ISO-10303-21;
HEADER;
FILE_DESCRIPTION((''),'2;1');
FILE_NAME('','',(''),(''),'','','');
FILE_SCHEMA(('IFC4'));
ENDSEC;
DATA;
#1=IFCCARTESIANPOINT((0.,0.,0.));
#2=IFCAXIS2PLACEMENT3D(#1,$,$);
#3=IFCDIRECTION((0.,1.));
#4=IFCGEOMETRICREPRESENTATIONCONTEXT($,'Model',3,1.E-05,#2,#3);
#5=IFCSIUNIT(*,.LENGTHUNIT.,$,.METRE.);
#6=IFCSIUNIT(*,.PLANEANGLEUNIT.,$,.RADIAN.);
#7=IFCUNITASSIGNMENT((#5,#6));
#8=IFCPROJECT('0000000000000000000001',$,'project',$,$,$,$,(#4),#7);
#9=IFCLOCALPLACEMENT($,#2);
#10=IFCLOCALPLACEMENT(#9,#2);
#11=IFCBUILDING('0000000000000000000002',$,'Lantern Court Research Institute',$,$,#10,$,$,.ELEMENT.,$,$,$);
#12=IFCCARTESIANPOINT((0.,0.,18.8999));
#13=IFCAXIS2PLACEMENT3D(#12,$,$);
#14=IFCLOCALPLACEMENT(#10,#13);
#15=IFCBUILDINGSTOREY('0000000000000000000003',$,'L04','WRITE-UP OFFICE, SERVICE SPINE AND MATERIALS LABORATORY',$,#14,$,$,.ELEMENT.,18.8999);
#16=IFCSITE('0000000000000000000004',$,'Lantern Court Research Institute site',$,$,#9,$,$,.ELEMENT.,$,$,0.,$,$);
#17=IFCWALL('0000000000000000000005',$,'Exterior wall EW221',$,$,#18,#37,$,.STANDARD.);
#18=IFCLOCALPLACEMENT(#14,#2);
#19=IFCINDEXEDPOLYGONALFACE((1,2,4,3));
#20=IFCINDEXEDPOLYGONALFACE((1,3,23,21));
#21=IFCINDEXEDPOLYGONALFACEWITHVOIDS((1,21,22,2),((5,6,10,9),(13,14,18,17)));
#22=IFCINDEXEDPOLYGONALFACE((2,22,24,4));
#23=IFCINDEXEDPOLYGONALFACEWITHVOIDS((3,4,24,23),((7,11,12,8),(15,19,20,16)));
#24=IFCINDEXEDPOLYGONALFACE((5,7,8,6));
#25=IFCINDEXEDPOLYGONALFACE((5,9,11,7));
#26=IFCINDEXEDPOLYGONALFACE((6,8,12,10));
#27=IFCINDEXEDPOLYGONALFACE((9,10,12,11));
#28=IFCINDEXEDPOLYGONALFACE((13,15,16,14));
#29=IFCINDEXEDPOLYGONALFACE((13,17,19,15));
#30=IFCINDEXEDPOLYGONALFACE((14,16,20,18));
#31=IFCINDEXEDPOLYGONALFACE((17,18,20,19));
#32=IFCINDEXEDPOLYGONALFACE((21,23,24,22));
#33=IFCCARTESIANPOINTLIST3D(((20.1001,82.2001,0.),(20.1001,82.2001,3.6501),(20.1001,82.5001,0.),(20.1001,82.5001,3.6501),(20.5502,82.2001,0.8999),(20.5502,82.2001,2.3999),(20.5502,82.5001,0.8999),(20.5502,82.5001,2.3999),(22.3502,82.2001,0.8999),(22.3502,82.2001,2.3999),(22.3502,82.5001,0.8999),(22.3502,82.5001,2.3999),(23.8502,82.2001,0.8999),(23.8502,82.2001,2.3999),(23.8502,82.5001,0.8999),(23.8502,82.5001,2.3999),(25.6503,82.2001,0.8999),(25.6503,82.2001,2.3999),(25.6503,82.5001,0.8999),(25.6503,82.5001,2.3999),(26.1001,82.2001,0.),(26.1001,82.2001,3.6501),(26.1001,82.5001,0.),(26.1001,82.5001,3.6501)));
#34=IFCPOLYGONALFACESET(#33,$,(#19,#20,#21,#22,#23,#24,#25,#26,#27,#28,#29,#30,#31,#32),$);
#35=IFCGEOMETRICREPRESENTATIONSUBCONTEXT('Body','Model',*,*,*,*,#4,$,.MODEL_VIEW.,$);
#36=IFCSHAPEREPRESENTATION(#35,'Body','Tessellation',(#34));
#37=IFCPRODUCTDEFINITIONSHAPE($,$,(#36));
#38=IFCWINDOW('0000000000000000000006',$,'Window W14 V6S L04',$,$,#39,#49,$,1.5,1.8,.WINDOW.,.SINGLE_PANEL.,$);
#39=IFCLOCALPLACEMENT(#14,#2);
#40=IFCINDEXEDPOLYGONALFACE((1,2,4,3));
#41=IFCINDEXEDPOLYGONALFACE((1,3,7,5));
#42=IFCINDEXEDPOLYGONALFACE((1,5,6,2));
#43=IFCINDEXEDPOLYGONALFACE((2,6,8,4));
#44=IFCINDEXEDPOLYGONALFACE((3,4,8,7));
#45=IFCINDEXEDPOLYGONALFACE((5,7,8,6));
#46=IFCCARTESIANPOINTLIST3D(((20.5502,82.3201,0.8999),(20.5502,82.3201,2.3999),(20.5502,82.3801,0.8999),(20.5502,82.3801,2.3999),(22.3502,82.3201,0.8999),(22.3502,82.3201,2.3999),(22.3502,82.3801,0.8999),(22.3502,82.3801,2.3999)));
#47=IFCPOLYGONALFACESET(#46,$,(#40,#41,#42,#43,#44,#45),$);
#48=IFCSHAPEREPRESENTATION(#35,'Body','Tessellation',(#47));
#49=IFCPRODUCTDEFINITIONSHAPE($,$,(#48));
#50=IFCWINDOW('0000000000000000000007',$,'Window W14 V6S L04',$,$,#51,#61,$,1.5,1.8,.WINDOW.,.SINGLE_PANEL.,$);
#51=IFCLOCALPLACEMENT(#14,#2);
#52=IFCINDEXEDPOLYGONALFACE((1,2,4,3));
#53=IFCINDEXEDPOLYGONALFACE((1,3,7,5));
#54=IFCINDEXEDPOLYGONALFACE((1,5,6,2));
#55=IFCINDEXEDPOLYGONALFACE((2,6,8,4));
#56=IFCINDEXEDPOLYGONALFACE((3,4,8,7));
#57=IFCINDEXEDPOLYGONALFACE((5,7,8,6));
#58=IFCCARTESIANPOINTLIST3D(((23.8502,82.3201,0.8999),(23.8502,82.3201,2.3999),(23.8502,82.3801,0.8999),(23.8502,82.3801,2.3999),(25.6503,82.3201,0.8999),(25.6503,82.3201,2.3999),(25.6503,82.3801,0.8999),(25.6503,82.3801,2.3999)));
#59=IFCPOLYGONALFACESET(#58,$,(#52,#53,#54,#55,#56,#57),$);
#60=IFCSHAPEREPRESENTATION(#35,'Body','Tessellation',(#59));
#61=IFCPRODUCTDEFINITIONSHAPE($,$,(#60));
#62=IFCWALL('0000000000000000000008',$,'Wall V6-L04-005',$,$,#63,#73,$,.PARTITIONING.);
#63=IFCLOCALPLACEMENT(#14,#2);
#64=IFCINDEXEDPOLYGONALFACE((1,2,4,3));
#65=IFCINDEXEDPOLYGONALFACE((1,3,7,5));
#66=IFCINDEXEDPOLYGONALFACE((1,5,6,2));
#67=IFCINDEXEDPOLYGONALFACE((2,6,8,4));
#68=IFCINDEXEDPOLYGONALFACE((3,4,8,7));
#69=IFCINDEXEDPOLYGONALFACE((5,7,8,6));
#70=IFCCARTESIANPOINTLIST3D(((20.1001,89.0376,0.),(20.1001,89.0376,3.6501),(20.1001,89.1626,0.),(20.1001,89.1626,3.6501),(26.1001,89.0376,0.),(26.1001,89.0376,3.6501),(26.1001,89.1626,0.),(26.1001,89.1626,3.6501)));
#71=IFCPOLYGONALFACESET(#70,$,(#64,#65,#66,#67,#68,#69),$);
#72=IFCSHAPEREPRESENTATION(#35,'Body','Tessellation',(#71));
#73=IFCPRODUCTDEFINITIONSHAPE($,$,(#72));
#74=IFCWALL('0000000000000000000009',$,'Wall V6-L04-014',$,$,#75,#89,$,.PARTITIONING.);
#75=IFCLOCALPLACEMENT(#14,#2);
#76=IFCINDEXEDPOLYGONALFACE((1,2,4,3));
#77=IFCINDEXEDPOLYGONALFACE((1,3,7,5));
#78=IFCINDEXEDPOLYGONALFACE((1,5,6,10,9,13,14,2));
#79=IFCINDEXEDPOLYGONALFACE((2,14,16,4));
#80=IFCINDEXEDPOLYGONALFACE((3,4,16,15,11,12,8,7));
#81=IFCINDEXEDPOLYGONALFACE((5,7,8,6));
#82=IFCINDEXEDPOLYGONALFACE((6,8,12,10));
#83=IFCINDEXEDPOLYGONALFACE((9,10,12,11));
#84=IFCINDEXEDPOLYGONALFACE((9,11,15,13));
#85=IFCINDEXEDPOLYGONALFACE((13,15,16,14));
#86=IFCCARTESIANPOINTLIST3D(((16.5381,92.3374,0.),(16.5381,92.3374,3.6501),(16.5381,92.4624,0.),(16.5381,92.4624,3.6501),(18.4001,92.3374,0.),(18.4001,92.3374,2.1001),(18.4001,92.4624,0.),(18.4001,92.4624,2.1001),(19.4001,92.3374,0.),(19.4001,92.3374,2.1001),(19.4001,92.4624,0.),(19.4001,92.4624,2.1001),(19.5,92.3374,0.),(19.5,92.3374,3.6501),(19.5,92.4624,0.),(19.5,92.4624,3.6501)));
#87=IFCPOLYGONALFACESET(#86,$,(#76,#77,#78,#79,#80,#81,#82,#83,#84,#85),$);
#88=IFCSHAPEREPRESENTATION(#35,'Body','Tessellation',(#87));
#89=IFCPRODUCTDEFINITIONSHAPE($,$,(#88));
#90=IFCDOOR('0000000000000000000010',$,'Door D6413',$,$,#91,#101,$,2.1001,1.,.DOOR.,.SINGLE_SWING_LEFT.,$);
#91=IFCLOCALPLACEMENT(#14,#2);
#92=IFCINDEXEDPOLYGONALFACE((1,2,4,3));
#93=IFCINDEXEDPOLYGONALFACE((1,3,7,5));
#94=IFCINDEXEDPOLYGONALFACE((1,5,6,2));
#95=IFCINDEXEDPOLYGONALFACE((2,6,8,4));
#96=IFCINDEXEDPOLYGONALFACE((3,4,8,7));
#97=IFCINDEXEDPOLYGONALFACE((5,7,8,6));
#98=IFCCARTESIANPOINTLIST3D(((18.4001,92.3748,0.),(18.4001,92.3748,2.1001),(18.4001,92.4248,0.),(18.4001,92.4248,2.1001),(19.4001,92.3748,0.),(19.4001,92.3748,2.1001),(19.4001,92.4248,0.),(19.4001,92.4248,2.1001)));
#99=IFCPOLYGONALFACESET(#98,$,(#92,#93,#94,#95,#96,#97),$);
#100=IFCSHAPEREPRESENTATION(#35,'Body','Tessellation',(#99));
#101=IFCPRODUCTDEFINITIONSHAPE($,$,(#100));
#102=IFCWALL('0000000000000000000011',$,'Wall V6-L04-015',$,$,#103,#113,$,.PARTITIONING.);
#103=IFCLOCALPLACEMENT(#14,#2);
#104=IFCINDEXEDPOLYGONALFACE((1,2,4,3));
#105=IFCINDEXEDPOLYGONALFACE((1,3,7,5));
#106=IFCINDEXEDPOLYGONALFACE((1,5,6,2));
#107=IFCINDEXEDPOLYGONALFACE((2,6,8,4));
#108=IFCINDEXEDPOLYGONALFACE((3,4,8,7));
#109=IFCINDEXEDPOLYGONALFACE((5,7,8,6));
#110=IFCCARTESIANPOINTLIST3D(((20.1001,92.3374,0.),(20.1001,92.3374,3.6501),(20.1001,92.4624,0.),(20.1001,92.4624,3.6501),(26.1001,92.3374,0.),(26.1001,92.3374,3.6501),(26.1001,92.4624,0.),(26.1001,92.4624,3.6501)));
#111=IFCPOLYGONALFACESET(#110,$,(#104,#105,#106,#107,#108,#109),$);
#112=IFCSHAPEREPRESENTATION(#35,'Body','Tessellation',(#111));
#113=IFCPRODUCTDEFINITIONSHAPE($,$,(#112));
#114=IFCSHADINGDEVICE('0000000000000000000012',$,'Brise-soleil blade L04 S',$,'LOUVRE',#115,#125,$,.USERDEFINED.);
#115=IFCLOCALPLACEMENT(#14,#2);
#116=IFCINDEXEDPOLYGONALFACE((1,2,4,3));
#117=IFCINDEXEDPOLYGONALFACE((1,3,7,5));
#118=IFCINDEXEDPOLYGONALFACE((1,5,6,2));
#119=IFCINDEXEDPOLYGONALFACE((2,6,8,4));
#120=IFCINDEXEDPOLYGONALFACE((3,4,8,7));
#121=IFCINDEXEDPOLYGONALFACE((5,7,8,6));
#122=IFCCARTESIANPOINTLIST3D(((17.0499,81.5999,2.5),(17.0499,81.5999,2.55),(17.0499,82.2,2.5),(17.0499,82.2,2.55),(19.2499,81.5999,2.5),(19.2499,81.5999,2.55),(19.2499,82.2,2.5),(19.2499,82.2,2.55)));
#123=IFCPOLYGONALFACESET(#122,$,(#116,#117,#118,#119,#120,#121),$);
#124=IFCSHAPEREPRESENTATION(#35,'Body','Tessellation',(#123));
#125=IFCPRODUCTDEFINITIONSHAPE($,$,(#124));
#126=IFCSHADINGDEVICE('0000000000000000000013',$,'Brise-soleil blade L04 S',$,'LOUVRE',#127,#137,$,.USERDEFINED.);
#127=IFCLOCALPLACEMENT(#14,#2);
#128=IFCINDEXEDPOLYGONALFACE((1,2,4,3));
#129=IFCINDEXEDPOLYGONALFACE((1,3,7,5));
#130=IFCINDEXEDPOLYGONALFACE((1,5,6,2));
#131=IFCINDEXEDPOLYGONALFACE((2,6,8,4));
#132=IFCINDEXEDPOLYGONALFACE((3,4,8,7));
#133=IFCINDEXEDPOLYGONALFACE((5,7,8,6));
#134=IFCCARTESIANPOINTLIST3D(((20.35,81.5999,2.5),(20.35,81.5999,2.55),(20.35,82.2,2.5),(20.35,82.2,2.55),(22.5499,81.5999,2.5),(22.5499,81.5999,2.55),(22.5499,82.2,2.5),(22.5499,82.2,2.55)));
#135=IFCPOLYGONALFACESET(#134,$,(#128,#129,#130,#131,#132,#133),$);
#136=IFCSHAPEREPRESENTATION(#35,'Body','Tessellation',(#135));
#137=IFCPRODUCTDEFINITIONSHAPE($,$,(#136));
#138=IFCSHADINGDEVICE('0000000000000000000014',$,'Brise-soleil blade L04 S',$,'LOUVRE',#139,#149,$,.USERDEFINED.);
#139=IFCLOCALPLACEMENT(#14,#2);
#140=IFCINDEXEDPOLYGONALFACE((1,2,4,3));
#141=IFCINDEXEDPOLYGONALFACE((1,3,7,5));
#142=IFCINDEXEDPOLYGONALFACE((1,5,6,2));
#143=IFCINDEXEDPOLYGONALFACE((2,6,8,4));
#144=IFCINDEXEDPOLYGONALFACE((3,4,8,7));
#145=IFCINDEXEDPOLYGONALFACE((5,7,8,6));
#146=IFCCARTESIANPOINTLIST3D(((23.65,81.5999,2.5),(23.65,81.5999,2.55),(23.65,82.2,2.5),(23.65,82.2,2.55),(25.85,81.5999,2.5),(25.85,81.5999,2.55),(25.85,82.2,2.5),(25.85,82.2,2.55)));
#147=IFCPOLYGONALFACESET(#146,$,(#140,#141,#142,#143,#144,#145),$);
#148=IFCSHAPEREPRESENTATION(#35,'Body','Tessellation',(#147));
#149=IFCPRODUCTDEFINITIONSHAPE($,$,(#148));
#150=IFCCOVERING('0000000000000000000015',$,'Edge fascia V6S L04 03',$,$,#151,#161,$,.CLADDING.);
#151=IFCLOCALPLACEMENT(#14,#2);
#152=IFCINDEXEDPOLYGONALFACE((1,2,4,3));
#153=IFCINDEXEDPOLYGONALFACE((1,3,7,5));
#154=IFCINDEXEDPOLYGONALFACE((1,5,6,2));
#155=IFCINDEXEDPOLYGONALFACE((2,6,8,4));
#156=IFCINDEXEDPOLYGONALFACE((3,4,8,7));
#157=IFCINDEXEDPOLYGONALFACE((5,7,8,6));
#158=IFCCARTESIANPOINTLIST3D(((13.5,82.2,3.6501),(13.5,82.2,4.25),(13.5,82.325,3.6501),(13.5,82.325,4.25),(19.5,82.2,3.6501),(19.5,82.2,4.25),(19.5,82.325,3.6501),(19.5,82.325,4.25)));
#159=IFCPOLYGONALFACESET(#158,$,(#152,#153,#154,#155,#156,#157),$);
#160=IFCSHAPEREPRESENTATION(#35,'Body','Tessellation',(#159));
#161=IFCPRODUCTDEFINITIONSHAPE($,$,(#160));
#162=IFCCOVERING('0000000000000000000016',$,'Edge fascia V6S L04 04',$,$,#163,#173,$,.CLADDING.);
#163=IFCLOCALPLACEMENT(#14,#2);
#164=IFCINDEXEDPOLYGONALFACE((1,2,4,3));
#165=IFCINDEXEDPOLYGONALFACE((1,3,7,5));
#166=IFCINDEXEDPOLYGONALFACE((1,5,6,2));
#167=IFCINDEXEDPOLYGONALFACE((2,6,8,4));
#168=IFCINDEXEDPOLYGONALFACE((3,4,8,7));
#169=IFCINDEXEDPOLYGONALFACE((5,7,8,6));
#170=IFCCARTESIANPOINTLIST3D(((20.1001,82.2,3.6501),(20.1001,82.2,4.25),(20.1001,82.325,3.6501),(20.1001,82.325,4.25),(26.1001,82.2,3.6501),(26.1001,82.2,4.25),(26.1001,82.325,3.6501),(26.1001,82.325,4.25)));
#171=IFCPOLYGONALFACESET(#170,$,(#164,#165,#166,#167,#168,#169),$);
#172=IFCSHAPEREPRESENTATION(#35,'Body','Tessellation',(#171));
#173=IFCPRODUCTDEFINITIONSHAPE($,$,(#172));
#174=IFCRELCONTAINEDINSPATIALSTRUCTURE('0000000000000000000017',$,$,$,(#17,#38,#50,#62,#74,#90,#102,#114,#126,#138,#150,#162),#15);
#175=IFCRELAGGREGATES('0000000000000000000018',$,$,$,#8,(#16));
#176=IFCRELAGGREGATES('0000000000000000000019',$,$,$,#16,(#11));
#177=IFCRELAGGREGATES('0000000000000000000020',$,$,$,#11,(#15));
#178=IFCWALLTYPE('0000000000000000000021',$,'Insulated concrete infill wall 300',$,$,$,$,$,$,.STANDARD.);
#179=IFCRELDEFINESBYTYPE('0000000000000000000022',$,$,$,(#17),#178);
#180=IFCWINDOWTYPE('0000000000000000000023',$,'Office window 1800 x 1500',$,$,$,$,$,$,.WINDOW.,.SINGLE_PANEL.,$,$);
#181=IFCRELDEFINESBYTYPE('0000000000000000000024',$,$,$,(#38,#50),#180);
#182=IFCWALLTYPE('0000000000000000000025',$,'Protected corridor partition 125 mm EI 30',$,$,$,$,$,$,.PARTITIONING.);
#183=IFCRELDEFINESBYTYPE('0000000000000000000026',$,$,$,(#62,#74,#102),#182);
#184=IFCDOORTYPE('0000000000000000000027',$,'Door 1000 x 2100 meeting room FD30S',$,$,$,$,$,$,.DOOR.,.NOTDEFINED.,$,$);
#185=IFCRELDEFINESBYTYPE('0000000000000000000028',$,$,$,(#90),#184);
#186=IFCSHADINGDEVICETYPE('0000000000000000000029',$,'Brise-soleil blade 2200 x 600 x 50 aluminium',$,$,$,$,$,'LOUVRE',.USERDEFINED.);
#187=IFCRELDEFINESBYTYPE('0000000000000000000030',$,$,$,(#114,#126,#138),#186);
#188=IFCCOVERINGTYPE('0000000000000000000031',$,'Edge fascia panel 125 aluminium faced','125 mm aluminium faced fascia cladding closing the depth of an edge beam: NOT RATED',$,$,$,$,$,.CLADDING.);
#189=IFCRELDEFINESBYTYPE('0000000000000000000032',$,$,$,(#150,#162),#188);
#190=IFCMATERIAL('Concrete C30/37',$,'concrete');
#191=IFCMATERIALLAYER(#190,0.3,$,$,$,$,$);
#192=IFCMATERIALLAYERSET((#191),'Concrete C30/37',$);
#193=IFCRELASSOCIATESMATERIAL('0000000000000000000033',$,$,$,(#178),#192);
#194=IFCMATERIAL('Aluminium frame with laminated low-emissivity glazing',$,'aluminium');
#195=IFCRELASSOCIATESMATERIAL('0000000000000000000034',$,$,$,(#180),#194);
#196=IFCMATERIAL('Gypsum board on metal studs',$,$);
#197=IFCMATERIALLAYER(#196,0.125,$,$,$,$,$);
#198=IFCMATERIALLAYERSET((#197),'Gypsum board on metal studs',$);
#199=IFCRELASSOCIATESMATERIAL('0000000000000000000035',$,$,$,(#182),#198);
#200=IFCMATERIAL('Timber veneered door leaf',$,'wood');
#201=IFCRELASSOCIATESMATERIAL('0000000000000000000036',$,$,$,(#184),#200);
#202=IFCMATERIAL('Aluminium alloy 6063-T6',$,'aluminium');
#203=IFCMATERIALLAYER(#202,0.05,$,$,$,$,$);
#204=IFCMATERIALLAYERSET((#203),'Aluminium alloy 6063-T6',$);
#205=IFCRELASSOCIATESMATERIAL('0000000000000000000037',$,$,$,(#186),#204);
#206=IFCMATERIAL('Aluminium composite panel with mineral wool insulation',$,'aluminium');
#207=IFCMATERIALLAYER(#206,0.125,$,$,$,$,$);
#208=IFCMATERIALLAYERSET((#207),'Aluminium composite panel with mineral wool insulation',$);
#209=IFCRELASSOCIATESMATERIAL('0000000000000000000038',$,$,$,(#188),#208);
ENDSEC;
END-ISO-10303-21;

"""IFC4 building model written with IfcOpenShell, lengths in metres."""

from ifc_helpers import new_model, si_unit, direction, frame, frame_2d, origin, origin_2d, place, context, subcontext, project, spatial, rectangle, extrude, material, layer, layer_set, type_object, element, fill, save


model = new_model("IFC4")

# Units and contexts
model_context = context("Model", 3, precision=1e-05, world=origin(), true_north=direction((0.0, 1.0)))
body_context = subcontext(model_context, "Body", "Model", "MODEL_VIEW")
ifc_project = project(units=[si_unit("LENGTHUNIT", "METRE"), si_unit("PLANEANGLEUNIT", "RADIAN")], contexts=[model_context])

# Site, building, storey
site_placement = place(None, origin())
site = spatial("IfcSite", under=ifc_project, at=site_placement, Name="Lantern Court Research Institute site", CompositionType="ELEMENT", RefElevation=0.0)
building_placement = place(site_placement, origin())
building = spatial("IfcBuilding", under=site, at=building_placement, Name="Lantern Court Research Institute", CompositionType="ELEMENT")
storey_placement = place(building_placement, frame((0.0, 0.0, 18.8999)))
storey = spatial("IfcBuildingStorey", under=building, at=storey_placement, Name="L04", Description="WRITE-UP OFFICE, SERVICE SPINE AND MATERIALS LABORATORY", CompositionType="ELEMENT", Elevation=18.8999)

# Wall, openings, windows
ifc_material_1 = material(Name="Concrete C30/37", Category="concrete")
ifc_layer_1 = layer(ifc_material_1, 0.3)
ifc_layer_set_1 = layer_set([ifc_layer_1], Name="Concrete C30/37")
wall_type_1 = type_object("IfcWallType", Name="Insulated concrete infill wall 300", PredefinedType="STANDARD", material=ifc_layer_set_1)
ifc_material_2 = material(Name="Aluminium frame with laminated low-emissivity glazing", Category="aluminium")
window_type = type_object("IfcWindowType", Name="Office window 1800 x 1500", PartitioningType="SINGLE_PANEL", PredefinedType="WINDOW", material=ifc_material_2)
wall_1_placement = place(storey_placement, frame((26.1001, 82.3501, 0.0), z_axis=(0.0, 0.0, 1.0), x_axis=(-1.0, 0.0, 0.0)))
wall_1 = element("IfcWall", 1, at=wall_1_placement, inside=storey, type_object=wall_type_1, Name="Exterior wall EW221", PredefinedType="STANDARD", context=body_context, shape_type="SweptSolid", body=[
    extrude(rectangle(XDim=6.0, YDim=0.3, at=frame_2d((3.0, 0.0))), origin(), (0.0, 0.0, 1.0), 3.6501),
])
opening_1_placement = place(wall_1_placement, frame((3.75, 0.0, 0.8999)))
opening_1 = element("IfcOpeningElement", 2, at=opening_1_placement, cuts=wall_1, PredefinedType="OPENING", context=body_context, shape_type="SweptSolid", body=[
    extrude(rectangle(XDim=1.8, YDim=1.5, at=frame_2d((0.8999, 0.75))), frame((0.0, 0.1599, 0.0), z_axis=(0.0, -1.0, 0.0), x_axis=(1.0, 0.0, 0.0)), (0.0, 0.0, 1.0), 0.3201),
])
opening_2_placement = place(wall_1_placement, frame((0.45, 0.0, 0.8999)))
opening_2 = element("IfcOpeningElement", 3, at=opening_2_placement, cuts=wall_1, PredefinedType="OPENING", context=body_context, shape_type="SweptSolid", body=[
    extrude(rectangle(XDim=1.8, YDim=1.5, at=frame_2d((0.8999, 0.75))), frame((0.0, 0.1599, 0.0), z_axis=(0.0, -1.0, 0.0), x_axis=(1.0, 0.0, 0.0)), (0.0, 0.0, 1.0), 0.3201),
])
window_1_placement = place(opening_1_placement, origin())
window_1 = element("IfcWindow", 4, at=window_1_placement, inside=storey, type_object=window_type, Name="Window W14 V6S L04", OverallHeight=1.5, OverallWidth=1.8, PartitioningType="SINGLE_PANEL", PredefinedType="WINDOW", context=body_context, shape_type="SweptSolid", body=[
    extrude(rectangle(XDim=1.8, YDim=1.5, at=frame_2d((0.8999, 0.75))), frame((0.0, 0.03, 0.0), z_axis=(0.0, -1.0, 0.0), x_axis=(1.0, 0.0, 0.0)), (0.0, 0.0, 1.0), 0.0601),
])
fill(opening_1, window_1)
window_2_placement = place(opening_2_placement, origin())
window_2 = element("IfcWindow", 5, at=window_2_placement, inside=storey, type_object=window_type, Name="Window W14 V6S L04", OverallHeight=1.5, OverallWidth=1.8, PartitioningType="SINGLE_PANEL", PredefinedType="WINDOW", context=body_context, shape_type="SweptSolid", body=[
    extrude(rectangle(XDim=1.8, YDim=1.5, at=frame_2d((0.8999, 0.75))), frame((0.0, 0.03, 0.0), z_axis=(0.0, -1.0, 0.0), x_axis=(1.0, 0.0, 0.0)), (0.0, 0.0, 1.0), 0.0601),
])
fill(opening_2, window_2)

# Wall
ifc_material_3 = material(Name="Gypsum board on metal studs")
ifc_layer_2 = layer(ifc_material_3, 0.125)
ifc_layer_set_2 = layer_set([ifc_layer_2], Name="Gypsum board on metal studs")
wall_type_2 = type_object("IfcWallType", Name="Protected corridor partition 125 mm EI 30", PredefinedType="PARTITIONING", material=ifc_layer_set_2)
wall_2_placement = place(storey_placement, frame((20.1001, 89.1001, 0.0), z_axis=(0.0, 0.0, 1.0), x_axis=(1.0, 0.0, 0.0)))
element("IfcWall", 6, at=wall_2_placement, inside=storey, type_object=wall_type_2, Name="Wall V6-L04-005", PredefinedType="PARTITIONING", context=body_context, shape_type="SweptSolid", body=[
    extrude(rectangle(XDim=6.0, YDim=0.125, at=frame_2d((3.0, 0.0))), origin(), (0.0, 0.0, 1.0), 3.6501),
])

# Wall, opening, door
wall_3_placement = place(storey_placement, frame((16.5381, 92.3999, 0.0), z_axis=(0.0, 0.0, 1.0), x_axis=(1.0, 0.0, 0.0)))
wall_3 = element("IfcWall", 7, at=wall_3_placement, inside=storey, type_object=wall_type_2, Name="Wall V6-L04-014", PredefinedType="PARTITIONING", context=body_context, shape_type="SweptSolid", body=[
    extrude(rectangle(XDim=2.9619, YDim=0.125, at=frame_2d((1.481, 0.0))), origin(), (0.0, 0.0, 1.0), 3.6501),
])
opening_3_placement = place(wall_3_placement, frame((1.8621, 0.0, 0.0)))
opening_3 = element("IfcOpeningElement", 8, at=opening_3_placement, cuts=wall_3, PredefinedType="OPENING", context=body_context, shape_type="SweptSolid", body=[
    extrude(rectangle(XDim=1.0, YDim=2.1001, at=frame_2d((0.5, 1.05))), frame((0.0, 0.0725, 0.0), z_axis=(0.0, -1.0, 0.0), x_axis=(1.0, 0.0, 0.0)), (0.0, 0.0, 1.0), 0.145),
])
ifc_material_4 = material(Name="Timber veneered door leaf", Category="wood")
door_type = type_object("IfcDoorType", Name="Door 1000 x 2100 meeting room FD30S", OperationType="NOTDEFINED", PredefinedType="DOOR", material=ifc_material_4)
door_placement = place(opening_3_placement, origin())
door = element("IfcDoor", 9, at=door_placement, inside=storey, type_object=door_type, Name="Door D6413", OperationType="SINGLE_SWING_LEFT", OverallHeight=2.1001, OverallWidth=1.0, PredefinedType="DOOR", context=body_context, shape_type="SweptSolid", body=[
    extrude(rectangle(XDim=1.0, YDim=2.1001, at=frame_2d((0.5, 1.05))), frame((0.0, 0.0249, 0.0), z_axis=(0.0, -1.0, 0.0), x_axis=(1.0, 0.0, 0.0)), (0.0, 0.0, 1.0), 0.05),
])
fill(opening_3, door)

# Wall
wall_4_placement = place(storey_placement, frame((20.1001, 92.3999, 0.0), z_axis=(0.0, 0.0, 1.0), x_axis=(1.0, 0.0, 0.0)))
element("IfcWall", 10, at=wall_4_placement, inside=storey, type_object=wall_type_2, Name="Wall V6-L04-015", PredefinedType="PARTITIONING", context=body_context, shape_type="SweptSolid", body=[
    extrude(rectangle(XDim=6.0, YDim=0.125, at=frame_2d((3.0, 0.0))), origin(), (0.0, 0.0, 1.0), 3.6501),
])

# Shading devices
ifc_material_5 = material(Name="Aluminium alloy 6063-T6", Category="aluminium")
ifc_layer_3 = layer(ifc_material_5, 0.05)
ifc_layer_set_3 = layer_set([ifc_layer_3], Name="Aluminium alloy 6063-T6")
shading_device_type = type_object("IfcShadingDeviceType", Name="Brise-soleil blade 2200 x 600 x 50 aluminium", ElementType="LOUVRE", PredefinedType="USERDEFINED", material=ifc_layer_set_3)
for number, where, z_axis, x_axis, name in (
    (11, (18.1499, 81.8999, 2.5), (0.0, 0.0, 1.0), (-1.0, 0.0, 0.0), "Brise-soleil blade L04 S"),
    (12, (21.45, 81.8999, 2.5), (0.0, 0.0, 1.0), (-1.0, 0.0, 0.0), "Brise-soleil blade L04 S"),
    (13, (24.75, 81.8999, 2.5), (0.0, 0.0, 1.0), (-1.0, 0.0, 0.0), "Brise-soleil blade L04 S"),
):
    element("IfcShadingDevice", number, at=place(storey_placement, frame(where, z_axis=z_axis, x_axis=x_axis)), inside=storey, type_object=shading_device_type, Name=name, ObjectType="LOUVRE", PredefinedType="USERDEFINED", context=body_context, shape_type="SweptSolid", body=[
        extrude(rectangle(XDim=2.2, YDim=0.6001, at=origin_2d()), origin(), (0.0, 0.0, 1.0), 0.05),
    ])

# Coverings
ifc_material_6 = material(Name="Aluminium composite panel with mineral wool insulation", Category="aluminium")
ifc_layer_4 = layer(ifc_material_6, 0.125)
ifc_layer_set_4 = layer_set([ifc_layer_4], Name="Aluminium composite panel with mineral wool insulation")
covering_type_1 = type_object("IfcCoveringType", Name="Edge fascia panel 125 aluminium faced", Description="125 mm aluminium faced fascia cladding closing the depth of an edge beam: NOT RATED", PredefinedType="CLADDING", material=ifc_layer_set_4)
for number, where, z_axis, x_axis, name in (
    (14, (19.5, 82.2625, 3.6501), (0.0, 0.0, 1.0), (-1.0, 0.0, 0.0), "Edge fascia V6S L04 03"),
    (15, (26.1001, 82.2625, 3.6501), (0.0, 0.0, 1.0), (-1.0, 0.0, 0.0), "Edge fascia V6S L04 04"),
):
    element("IfcCovering", number, at=place(storey_placement, frame(where, z_axis=z_axis, x_axis=x_axis)), inside=storey, type_object=covering_type_1, Name=name, PredefinedType="CLADDING", context=body_context, shape_type="SweptSolid", body=[
        extrude(rectangle(XDim=6.0, YDim=0.125, at=frame_2d((3.0, 0.0))), origin(), (0.0, 0.0, 1.0), 0.5999),
    ])

save(model, "model.ifc")
